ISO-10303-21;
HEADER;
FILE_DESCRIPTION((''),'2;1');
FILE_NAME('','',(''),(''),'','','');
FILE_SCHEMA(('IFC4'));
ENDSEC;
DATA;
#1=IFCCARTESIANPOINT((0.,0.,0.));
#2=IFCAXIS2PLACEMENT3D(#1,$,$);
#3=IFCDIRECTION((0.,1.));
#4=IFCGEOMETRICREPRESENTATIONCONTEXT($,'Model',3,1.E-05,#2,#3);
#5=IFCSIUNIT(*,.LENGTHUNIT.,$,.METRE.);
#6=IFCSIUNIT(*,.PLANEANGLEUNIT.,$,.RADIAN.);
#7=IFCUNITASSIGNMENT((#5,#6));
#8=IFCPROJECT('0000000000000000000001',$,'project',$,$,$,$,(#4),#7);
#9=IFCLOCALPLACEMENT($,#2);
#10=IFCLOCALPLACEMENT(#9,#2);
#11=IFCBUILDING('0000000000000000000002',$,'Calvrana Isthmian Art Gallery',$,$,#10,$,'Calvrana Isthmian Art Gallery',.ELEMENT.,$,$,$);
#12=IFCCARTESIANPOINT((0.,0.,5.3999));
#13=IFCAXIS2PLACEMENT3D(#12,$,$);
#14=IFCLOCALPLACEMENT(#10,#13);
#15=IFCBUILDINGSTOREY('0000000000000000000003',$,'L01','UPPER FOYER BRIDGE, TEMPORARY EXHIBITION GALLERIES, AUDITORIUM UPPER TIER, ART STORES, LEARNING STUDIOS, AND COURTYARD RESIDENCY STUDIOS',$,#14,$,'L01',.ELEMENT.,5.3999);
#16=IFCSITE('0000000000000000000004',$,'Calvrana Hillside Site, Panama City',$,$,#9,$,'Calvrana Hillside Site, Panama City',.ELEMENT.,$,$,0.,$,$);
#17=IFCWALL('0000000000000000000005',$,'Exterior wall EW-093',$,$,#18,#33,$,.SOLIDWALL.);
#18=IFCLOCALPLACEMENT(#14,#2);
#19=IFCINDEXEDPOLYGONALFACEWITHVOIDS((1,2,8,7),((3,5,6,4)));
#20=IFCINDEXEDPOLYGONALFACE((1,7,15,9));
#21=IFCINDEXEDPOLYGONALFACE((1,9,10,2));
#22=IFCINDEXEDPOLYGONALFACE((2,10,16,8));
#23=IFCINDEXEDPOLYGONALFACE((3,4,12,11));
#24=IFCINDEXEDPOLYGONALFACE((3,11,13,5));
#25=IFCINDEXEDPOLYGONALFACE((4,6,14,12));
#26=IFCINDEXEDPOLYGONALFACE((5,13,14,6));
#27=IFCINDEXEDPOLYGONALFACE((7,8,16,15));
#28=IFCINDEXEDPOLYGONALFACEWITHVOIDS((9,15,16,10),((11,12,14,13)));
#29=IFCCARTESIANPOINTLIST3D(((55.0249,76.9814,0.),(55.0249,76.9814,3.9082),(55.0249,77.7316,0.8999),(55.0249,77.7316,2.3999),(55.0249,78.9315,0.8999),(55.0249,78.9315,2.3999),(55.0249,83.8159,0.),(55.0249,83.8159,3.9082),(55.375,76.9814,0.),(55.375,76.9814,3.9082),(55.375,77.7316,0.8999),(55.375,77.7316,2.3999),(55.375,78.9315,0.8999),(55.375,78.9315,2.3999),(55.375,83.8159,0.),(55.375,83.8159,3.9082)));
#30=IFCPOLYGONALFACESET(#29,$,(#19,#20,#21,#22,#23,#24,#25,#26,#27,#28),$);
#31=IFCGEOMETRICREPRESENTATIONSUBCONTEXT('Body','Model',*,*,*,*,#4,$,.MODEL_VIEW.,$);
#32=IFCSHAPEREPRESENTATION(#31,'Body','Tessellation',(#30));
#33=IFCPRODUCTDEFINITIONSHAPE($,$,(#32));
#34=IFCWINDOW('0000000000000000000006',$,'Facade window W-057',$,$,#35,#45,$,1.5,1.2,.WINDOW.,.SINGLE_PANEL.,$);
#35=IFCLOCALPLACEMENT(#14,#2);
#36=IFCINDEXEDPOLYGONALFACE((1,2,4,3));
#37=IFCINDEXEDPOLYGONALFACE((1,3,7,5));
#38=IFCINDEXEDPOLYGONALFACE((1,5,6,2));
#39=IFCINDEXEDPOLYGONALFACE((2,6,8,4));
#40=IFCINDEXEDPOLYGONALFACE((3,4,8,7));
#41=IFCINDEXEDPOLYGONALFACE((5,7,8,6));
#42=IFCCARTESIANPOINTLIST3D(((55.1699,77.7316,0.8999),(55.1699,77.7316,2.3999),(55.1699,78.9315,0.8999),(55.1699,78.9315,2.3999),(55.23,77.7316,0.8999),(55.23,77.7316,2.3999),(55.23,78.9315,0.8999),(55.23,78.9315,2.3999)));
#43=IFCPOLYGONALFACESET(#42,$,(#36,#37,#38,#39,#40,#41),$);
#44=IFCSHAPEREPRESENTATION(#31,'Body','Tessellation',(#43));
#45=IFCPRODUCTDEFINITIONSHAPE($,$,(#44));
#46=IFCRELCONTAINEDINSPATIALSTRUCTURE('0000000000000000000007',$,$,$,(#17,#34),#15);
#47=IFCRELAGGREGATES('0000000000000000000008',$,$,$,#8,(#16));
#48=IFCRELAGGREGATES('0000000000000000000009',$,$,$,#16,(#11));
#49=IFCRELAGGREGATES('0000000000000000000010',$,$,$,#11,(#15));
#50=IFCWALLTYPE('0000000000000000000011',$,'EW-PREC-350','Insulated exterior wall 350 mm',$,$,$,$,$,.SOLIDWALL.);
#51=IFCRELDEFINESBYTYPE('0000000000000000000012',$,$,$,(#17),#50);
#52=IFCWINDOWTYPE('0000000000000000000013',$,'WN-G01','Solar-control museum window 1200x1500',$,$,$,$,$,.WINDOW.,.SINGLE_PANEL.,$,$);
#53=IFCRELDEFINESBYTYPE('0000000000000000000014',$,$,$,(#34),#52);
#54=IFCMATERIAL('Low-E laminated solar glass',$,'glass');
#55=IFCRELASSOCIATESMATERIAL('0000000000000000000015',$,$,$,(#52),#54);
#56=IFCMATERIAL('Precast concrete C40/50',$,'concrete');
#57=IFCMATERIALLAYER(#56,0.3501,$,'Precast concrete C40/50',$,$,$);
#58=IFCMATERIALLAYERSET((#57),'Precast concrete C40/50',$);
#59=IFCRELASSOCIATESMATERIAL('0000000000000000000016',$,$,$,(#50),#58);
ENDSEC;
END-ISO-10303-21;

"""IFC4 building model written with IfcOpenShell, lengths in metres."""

from ifc_helpers import new_model, si_unit, direction, frame, frame_2d, origin, place, context, subcontext, project, spatial, rectangle, extrude, material, layer, layer_set, type_object, element, fill, save


model = new_model("IFC4")

# Units and contexts
model_context = context("Model", 3, precision=1e-05, world=origin(), true_north=direction((0.0, 1.0)))
body_context = subcontext(model_context, "Body", "Model", "MODEL_VIEW")
ifc_project = project(units=[si_unit("LENGTHUNIT", "METRE"), si_unit("PLANEANGLEUNIT", "RADIAN")], contexts=[model_context])

# Site, building, storey
site_placement = place(None, origin())
site = spatial("IfcSite", under=ifc_project, at=site_placement, Name="Calvrana Hillside Site, Panama City", LongName="Calvrana Hillside Site, Panama City", CompositionType="ELEMENT", RefElevation=0.0)
building_placement = place(site_placement, origin())
building = spatial("IfcBuilding", under=site, at=building_placement, Name="Calvrana Isthmian Art Gallery", LongName="Calvrana Isthmian Art Gallery", CompositionType="ELEMENT")
storey_placement = place(building_placement, frame((0.0, 0.0, 5.3999)))
storey = spatial("IfcBuildingStorey", under=building, at=storey_placement, Name="L01", Description="UPPER FOYER BRIDGE, TEMPORARY EXHIBITION GALLERIES, AUDITORIUM UPPER TIER, ART STORES, LEARNING STUDIOS, AND COURTYARD RESIDENCY STUDIOS", LongName="L01", CompositionType="ELEMENT", Elevation=5.3999)

# Shared definitions
ifc_material_1 = material(Name="Low-E laminated solar glass", Category="glass")

# Wall, opening, window
window_type = type_object("IfcWindowType", Name="WN-G01", Description="Solar-control museum window 1200x1500", PartitioningType="SINGLE_PANEL", PredefinedType="WINDOW", material=ifc_material_1)
ifc_material_2 = material(Name="Precast concrete C40/50", Category="concrete")
ifc_layer_1 = layer(ifc_material_2, 0.3501, Name="Precast concrete C40/50")
ifc_layer_set_1 = layer_set([ifc_layer_1], Name="Precast concrete C40/50")
wall_type_1 = type_object("IfcWallType", Name="EW-PREC-350", Description="Insulated exterior wall 350 mm", PredefinedType="SOLIDWALL", material=ifc_layer_set_1)
wall_1_placement = place(storey_placement, frame((55.2, 76.9814, 0.0), z_axis=(0.0, 0.0, 1.0), x_axis=(0.0, 1.0, 0.0)))
wall_1 = element("IfcWall", 1, at=wall_1_placement, inside=storey, type_object=wall_type_1, Name="Exterior wall EW-093", PredefinedType="SOLIDWALL", context=body_context, shape_type="SweptSolid", body=[
    extrude(rectangle(XDim=6.8345, YDim=0.3501, at=frame_2d((3.4172, 0.0))), origin(), (0.0, 0.0, 1.0), 3.9082),
])
opening_1_placement = place(wall_1_placement, frame((0.75, 0.0, 0.8999)))
opening_1 = element("IfcOpeningElement", 2, at=opening_1_placement, cuts=wall_1, PredefinedType="OPENING", context=body_context, shape_type="SweptSolid", body=[
    extrude(rectangle(XDim=1.2, YDim=1.5, at=frame_2d((0.6001, 0.75))), frame((0.0, 0.1853, 0.0), z_axis=(0.0, -1.0, 0.0), x_axis=(1.0, 0.0, 0.0)), (0.0, 0.0, 1.0), 0.3706),
])
window_1_placement = place(opening_1_placement, origin())
window_1 = element("IfcWindow", 3, at=window_1_placement, inside=storey, type_object=window_type, Name="Facade window W-057", OverallHeight=1.5, OverallWidth=1.2, PartitioningType="SINGLE_PANEL", PredefinedType="WINDOW", context=body_context, shape_type="SweptSolid", body=[
    extrude(rectangle(XDim=1.2, YDim=1.5, at=frame_2d((0.6001, 0.75))), frame((0.0, 0.03, 0.0), z_axis=(0.0, -1.0, 0.0), x_axis=(1.0, 0.0, 0.0)), (0.0, 0.0, 1.0), 0.0601),
])
fill(opening_1, window_1)

save(model, "model.ifc")
